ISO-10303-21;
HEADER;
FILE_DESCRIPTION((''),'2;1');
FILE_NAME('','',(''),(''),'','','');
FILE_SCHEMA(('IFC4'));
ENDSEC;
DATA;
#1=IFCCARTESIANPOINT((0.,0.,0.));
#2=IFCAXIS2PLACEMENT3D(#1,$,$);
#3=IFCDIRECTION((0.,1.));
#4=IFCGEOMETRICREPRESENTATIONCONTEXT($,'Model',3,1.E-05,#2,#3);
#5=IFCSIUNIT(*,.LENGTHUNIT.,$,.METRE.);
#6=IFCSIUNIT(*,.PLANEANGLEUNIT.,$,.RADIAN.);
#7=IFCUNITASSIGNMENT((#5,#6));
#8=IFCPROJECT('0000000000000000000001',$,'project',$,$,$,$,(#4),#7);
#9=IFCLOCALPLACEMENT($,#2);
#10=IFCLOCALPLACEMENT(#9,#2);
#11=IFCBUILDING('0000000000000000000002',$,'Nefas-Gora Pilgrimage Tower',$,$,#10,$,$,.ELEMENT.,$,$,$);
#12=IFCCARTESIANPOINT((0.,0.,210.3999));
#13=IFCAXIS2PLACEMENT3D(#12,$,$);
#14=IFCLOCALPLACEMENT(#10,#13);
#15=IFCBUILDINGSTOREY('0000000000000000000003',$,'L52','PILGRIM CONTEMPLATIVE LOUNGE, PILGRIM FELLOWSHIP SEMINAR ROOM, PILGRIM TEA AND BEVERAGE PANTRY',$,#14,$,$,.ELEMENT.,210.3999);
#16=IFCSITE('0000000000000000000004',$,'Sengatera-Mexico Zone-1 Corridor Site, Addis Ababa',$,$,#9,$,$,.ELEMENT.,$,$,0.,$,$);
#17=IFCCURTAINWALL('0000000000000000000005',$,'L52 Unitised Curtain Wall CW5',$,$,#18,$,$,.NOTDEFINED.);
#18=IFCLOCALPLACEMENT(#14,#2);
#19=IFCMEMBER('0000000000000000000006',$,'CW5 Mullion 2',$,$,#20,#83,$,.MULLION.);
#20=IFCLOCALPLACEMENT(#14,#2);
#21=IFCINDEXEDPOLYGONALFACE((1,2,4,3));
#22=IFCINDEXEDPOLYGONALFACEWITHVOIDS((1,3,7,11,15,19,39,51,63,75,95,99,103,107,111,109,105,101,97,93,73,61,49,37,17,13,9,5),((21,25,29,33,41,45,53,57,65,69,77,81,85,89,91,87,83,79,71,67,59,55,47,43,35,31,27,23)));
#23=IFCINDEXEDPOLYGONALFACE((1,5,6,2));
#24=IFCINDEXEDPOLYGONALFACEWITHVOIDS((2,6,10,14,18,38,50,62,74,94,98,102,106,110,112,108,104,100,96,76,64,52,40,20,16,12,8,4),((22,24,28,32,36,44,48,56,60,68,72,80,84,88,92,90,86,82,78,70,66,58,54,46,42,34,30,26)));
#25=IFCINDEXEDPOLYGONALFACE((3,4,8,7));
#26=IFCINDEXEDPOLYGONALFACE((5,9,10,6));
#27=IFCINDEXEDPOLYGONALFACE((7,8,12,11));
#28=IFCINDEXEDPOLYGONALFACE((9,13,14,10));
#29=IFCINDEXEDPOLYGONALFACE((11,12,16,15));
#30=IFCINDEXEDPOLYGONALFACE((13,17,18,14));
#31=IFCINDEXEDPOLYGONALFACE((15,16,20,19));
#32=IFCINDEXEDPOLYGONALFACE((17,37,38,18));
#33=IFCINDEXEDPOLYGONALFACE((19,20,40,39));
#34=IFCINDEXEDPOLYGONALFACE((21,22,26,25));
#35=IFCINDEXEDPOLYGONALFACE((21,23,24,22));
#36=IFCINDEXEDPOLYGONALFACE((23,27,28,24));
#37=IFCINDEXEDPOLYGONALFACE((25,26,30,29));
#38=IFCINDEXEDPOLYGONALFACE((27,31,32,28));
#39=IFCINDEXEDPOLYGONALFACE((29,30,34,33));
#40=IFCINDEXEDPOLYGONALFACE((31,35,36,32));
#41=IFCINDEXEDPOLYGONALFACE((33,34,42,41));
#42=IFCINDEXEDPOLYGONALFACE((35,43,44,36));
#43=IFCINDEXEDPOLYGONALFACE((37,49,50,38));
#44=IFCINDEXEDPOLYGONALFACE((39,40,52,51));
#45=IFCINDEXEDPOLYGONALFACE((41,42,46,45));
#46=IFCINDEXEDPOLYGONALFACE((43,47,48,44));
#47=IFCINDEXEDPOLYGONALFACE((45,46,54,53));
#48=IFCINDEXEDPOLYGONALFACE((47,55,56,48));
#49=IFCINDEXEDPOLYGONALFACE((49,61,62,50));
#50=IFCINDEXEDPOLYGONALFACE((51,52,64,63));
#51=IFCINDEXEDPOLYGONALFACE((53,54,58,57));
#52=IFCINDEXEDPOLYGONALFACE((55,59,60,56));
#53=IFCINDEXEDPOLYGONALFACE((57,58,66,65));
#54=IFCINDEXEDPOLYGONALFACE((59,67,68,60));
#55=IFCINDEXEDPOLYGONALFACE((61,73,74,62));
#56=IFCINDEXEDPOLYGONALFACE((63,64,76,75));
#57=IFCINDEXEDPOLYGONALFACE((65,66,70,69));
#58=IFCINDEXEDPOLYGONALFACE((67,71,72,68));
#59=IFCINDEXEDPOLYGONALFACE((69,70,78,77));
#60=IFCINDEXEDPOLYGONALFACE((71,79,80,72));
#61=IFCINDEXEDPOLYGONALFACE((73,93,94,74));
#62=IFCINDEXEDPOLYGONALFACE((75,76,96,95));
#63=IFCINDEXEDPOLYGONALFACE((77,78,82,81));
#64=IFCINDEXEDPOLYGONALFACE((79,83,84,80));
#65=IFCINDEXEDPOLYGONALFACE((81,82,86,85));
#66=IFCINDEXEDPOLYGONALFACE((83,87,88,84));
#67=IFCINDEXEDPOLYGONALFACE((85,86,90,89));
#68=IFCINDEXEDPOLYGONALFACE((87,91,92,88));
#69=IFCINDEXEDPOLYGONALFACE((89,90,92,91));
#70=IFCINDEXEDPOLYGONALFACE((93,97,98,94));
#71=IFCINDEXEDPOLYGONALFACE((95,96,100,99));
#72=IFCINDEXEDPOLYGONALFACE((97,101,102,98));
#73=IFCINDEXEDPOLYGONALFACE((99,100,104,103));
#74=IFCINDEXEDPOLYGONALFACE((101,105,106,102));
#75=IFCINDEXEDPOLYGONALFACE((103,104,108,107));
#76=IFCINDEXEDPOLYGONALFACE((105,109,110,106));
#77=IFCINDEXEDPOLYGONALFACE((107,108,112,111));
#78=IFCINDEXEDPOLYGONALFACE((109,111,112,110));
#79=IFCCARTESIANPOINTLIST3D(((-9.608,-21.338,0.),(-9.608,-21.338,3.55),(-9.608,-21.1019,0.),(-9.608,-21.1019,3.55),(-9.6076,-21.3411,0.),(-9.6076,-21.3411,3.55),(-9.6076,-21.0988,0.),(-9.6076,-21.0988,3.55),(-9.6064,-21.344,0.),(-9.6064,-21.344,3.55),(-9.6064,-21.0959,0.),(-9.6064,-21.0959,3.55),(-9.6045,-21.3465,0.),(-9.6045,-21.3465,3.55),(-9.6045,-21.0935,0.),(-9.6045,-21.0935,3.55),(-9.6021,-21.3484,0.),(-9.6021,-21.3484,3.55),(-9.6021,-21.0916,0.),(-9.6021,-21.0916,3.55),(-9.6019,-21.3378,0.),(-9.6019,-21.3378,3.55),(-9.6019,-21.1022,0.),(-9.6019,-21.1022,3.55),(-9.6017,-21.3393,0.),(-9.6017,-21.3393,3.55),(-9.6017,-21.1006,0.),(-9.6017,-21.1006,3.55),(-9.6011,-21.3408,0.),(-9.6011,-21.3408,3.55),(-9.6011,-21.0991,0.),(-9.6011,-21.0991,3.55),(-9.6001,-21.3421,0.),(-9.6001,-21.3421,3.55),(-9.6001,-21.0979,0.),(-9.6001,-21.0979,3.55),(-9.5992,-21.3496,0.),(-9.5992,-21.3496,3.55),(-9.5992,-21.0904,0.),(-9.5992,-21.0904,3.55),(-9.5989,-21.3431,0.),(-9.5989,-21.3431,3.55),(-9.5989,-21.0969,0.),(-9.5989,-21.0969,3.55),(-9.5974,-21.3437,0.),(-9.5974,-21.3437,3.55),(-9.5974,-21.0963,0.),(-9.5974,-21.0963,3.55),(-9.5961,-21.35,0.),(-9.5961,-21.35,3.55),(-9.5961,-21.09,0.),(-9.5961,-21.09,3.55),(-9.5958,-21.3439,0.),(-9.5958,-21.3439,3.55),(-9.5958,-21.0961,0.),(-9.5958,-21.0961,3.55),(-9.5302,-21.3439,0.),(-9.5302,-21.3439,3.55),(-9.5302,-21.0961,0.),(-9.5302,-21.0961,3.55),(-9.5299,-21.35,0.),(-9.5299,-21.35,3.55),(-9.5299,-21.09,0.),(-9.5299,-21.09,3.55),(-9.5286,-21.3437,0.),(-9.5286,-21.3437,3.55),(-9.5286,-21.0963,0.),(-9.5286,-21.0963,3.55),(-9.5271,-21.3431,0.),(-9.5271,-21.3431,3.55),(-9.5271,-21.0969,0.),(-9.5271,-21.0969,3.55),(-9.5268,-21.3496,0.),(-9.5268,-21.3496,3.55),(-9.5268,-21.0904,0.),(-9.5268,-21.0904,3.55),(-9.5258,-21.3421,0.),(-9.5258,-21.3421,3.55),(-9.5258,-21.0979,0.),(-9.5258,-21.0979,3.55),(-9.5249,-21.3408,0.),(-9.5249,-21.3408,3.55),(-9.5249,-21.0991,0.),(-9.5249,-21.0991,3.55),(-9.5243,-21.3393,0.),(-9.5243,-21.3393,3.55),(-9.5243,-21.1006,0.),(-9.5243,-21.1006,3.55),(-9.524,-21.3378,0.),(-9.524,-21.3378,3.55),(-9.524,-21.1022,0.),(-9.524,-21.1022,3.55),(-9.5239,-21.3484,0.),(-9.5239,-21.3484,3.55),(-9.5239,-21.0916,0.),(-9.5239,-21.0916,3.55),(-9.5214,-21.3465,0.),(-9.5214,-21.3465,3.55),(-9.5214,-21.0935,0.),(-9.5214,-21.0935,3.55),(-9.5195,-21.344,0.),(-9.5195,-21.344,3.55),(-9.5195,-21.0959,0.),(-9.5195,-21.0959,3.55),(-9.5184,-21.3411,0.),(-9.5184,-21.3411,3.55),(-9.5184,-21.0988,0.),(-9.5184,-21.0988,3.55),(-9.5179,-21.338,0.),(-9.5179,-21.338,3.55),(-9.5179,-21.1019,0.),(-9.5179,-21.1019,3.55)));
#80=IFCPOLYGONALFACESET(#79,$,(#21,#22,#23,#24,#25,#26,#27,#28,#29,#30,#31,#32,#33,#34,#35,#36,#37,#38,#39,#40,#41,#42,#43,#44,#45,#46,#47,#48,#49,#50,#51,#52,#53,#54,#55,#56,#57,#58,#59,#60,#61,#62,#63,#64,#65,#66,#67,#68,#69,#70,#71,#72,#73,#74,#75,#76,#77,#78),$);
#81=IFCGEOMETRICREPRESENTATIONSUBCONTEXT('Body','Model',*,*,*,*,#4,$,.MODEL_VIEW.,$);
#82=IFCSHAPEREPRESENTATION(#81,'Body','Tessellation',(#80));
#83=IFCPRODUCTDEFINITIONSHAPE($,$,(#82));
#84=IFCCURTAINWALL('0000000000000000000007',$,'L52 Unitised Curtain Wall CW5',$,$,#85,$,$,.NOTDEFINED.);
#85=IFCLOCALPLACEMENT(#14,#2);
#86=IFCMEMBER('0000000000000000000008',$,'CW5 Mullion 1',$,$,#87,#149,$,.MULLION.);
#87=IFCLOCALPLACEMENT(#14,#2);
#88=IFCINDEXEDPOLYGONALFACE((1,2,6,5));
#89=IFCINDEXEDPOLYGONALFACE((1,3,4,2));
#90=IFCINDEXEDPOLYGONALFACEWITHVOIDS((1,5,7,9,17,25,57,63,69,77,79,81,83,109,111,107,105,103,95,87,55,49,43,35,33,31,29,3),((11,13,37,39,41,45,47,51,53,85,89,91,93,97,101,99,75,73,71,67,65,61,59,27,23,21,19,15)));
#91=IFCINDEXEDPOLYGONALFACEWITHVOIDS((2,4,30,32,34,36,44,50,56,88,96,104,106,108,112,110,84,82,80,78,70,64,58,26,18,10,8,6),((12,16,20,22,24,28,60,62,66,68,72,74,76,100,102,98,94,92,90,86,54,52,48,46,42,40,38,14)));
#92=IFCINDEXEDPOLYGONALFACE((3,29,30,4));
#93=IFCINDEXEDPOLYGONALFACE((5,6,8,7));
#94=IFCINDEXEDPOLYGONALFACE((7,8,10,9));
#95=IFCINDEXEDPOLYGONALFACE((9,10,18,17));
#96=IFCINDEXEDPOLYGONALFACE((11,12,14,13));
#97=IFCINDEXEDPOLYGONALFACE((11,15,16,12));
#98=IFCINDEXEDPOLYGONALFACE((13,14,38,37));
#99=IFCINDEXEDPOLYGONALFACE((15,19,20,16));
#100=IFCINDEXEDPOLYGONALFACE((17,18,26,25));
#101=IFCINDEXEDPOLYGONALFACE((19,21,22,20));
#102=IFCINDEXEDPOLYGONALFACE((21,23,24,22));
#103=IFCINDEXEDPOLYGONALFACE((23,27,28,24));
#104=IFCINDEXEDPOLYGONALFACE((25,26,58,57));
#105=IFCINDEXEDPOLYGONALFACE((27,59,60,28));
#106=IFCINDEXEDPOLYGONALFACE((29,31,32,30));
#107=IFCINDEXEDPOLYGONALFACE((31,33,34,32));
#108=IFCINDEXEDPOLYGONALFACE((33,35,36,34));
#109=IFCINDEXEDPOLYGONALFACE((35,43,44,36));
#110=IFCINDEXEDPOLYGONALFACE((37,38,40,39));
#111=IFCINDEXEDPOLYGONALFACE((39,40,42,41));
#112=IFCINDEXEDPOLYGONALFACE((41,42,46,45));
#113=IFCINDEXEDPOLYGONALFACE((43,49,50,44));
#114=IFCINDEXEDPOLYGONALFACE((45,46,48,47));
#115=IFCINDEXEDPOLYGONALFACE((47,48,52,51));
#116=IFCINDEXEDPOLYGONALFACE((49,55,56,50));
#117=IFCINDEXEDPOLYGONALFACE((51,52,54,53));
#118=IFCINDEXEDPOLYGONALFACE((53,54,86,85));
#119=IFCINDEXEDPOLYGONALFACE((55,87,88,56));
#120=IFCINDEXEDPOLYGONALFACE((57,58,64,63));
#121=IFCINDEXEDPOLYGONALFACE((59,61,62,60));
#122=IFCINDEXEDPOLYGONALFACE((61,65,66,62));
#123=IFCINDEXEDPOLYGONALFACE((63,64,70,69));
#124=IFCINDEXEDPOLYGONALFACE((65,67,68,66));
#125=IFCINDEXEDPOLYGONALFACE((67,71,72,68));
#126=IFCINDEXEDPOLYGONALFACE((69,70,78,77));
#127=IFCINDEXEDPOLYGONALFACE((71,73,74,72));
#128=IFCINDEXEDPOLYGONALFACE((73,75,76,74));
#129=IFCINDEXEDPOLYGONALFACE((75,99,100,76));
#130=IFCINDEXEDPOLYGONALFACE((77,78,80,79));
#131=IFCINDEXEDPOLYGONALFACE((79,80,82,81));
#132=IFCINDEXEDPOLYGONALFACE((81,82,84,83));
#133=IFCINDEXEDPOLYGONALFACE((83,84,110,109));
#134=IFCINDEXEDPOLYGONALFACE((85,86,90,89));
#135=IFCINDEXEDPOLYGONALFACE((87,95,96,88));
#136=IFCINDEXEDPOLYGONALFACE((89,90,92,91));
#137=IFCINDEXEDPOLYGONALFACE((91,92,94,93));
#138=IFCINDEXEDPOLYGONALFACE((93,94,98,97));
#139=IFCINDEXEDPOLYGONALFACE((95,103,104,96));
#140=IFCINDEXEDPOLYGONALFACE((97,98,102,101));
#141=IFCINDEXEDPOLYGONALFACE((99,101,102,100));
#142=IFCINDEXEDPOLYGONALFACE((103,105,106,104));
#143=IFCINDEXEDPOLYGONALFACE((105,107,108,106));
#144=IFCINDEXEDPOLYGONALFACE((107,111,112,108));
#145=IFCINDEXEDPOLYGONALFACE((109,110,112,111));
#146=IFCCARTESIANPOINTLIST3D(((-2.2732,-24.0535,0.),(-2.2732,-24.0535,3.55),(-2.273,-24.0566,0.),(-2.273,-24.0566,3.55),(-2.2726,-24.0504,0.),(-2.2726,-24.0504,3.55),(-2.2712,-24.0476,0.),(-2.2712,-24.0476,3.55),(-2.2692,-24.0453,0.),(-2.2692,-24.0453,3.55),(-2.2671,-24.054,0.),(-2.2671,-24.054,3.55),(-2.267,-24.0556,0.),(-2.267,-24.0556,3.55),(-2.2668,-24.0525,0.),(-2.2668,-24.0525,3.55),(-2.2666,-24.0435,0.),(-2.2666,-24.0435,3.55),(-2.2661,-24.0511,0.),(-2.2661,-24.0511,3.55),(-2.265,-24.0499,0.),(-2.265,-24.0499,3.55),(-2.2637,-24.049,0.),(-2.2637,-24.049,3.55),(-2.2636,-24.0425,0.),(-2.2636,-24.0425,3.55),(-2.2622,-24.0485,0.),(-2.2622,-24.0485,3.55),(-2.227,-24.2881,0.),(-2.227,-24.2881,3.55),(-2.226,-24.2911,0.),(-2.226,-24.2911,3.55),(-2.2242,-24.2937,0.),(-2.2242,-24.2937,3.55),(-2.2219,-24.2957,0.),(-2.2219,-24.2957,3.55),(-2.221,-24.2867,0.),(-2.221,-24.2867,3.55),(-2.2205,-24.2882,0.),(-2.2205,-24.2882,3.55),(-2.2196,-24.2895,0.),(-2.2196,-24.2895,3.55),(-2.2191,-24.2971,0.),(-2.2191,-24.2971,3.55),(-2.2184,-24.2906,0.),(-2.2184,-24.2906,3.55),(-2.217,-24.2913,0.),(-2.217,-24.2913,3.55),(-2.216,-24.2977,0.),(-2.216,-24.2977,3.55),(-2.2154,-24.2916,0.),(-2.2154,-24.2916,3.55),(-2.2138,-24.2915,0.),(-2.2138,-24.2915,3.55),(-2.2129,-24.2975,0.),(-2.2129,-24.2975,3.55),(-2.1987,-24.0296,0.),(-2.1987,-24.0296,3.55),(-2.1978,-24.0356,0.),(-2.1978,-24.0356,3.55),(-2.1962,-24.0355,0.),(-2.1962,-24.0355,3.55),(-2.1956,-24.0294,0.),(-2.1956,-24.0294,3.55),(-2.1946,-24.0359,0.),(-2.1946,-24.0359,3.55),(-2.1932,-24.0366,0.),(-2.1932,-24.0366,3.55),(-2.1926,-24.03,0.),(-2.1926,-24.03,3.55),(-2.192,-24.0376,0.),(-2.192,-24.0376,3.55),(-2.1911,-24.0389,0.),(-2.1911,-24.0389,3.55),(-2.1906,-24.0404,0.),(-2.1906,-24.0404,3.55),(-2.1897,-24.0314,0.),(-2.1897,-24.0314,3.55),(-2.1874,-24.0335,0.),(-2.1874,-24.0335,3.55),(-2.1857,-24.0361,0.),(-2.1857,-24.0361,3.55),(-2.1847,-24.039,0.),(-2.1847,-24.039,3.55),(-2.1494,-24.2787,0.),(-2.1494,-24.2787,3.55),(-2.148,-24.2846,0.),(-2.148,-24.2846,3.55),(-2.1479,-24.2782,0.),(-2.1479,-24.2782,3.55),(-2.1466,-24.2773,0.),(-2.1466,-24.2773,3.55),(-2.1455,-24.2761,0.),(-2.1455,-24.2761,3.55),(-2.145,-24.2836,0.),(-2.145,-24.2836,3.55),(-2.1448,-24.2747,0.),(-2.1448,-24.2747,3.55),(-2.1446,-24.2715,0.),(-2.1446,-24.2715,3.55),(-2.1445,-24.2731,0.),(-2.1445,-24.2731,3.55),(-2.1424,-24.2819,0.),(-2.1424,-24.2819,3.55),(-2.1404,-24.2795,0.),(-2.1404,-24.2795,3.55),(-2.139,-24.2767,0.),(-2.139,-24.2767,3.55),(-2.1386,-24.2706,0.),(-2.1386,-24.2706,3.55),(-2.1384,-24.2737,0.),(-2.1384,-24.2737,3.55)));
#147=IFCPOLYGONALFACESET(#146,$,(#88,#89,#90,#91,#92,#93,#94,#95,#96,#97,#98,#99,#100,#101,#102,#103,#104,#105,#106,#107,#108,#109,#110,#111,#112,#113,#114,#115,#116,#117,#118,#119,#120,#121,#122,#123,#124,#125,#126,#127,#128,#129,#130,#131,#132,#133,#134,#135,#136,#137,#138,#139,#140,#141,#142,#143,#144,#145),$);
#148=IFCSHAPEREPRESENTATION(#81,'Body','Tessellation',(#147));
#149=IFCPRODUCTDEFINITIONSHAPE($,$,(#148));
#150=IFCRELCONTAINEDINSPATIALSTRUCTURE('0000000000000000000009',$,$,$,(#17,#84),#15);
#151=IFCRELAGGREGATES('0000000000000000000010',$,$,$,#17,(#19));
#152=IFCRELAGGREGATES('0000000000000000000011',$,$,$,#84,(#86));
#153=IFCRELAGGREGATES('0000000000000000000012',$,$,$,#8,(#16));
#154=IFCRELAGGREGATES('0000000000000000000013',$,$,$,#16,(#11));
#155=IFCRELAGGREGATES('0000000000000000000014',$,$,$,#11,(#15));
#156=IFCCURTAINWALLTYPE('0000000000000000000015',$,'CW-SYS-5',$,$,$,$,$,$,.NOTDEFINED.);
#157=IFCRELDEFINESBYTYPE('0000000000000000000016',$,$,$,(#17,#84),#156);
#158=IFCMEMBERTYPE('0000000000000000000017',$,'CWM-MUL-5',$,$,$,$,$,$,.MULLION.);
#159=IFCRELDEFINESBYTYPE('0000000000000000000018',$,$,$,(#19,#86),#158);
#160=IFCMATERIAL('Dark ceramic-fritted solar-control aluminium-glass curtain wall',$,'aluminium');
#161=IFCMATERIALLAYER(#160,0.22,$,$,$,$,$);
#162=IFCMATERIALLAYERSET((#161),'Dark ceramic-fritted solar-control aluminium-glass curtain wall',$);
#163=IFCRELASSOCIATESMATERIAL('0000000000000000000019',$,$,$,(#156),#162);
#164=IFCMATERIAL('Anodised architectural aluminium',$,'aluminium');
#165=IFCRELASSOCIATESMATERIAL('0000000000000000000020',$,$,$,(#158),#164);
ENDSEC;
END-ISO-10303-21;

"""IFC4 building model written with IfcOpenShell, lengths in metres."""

from ifc_helpers import new_model, si_unit, direction, frame, origin, origin_2d, place, context, subcontext, project, spatial, hollow_rectangle, extrude, source, transform, mapped, material, layer, layer_set, material_profile, profile_set, type_object, element, aggregate, save


model = new_model("IFC4")

# Units and contexts
model_context = context("Model", 3, precision=1e-05, world=origin(), true_north=direction((0.0, 1.0)))
body_context = subcontext(model_context, "Body", "Model", "MODEL_VIEW")
ifc_project = project(units=[si_unit("LENGTHUNIT", "METRE"), si_unit("PLANEANGLEUNIT", "RADIAN")], contexts=[model_context])

# Site, building, storey
site_placement = place(None, origin())
site = spatial("IfcSite", under=ifc_project, at=site_placement, Name="Sengatera-Mexico Zone-1 Corridor Site, Addis Ababa", CompositionType="ELEMENT", RefElevation=0.0)
building_placement = place(site_placement, origin())
building = spatial("IfcBuilding", under=site, at=building_placement, Name="Nefas-Gora Pilgrimage Tower", CompositionType="ELEMENT")
storey_placement = place(building_placement, frame((0.0, 0.0, 210.3999)))
storey = spatial("IfcBuildingStorey", under=building, at=storey_placement, Name="L52", Description="PILGRIM CONTEMPLATIVE LOUNGE, PILGRIM FELLOWSHIP SEMINAR ROOM, PILGRIM TEA AND BEVERAGE PANTRY", CompositionType="ELEMENT", Elevation=210.3999)

# Curtain wall, member
ifc_material_1 = material(Name="Dark ceramic-fritted solar-control aluminium-glass curtain wall", Category="aluminium")
ifc_layer_1 = layer(ifc_material_1, 0.22)
ifc_layer_set_1 = layer_set([ifc_layer_1], Name="Dark ceramic-fritted solar-control aluminium-glass curtain wall")
curtain_wall_type = type_object("IfcCurtainWallType", Name="CW-SYS-5", PredefinedType="NOTDEFINED", material=ifc_layer_set_1)
curtain_wall_1_placement = place(storey_placement, origin())
curtain_wall_1 = element("IfcCurtainWall", 1, at=curtain_wall_1_placement, inside=storey, type_object=curtain_wall_type, Name="L52 Unitised Curtain Wall CW5", PredefinedType="NOTDEFINED")
ifc_material_2 = material(Name="Anodised architectural aluminium", Category="aluminium")
ifc_material_profile_1 = material_profile(ifc_material_2, hollow_rectangle(XDim=0.0901, YDim=0.26, WallThickness=0.0061, InnerFilletRadius=0.0061, OuterFilletRadius=0.012, at=origin_2d()), Name="ALU MULLION 90x260")
ifc_profile_set_1 = profile_set([ifc_material_profile_1], Name="Anodised architectural aluminium")
member_type_1 = type_object("IfcMemberType", Name="CWM-MUL-5", PredefinedType="MULLION", material=ifc_profile_set_1)
shared_shape_1 = source(origin(), body_context, "Body", "SweptSolid", [
    extrude(hollow_rectangle(XDim=0.0901, YDim=0.26, WallThickness=0.0061, InnerFilletRadius=0.0061, OuterFilletRadius=0.012, at=origin_2d()), origin(), (0.0, 0.0, 1.0), 3.55),
])
member_1_placement = place(storey_placement, frame((-9.563, -21.22, 0.0), z_axis=(0.0, 0.0, 1.0), x_axis=(1.0, 0.0, 0.0)))
member_1 = element("IfcMember", 2, at=member_1_placement, type_object=member_type_1, Name="CW5 Mullion 2", PredefinedType="MULLION", context=body_context, shape_type="MappedRepresentation", body=[
    mapped(shared_shape_1, transform((0.0, 0.0, 0.0), x_axis=(1.0, 0.0, 0.0), y_axis=(0.0, 1.0, 0.0), z_axis=(0.0, 0.0, 1.0), scale=1.0)),
])
aggregate(curtain_wall_1, [member_1])

# Curtain wall, member
curtain_wall_2_placement = place(storey_placement, origin())
curtain_wall_2 = element("IfcCurtainWall", 3, at=curtain_wall_2_placement, inside=storey, type_object=curtain_wall_type, Name="L52 Unitised Curtain Wall CW5", PredefinedType="NOTDEFINED")
member_2_placement = place(storey_placement, frame((-2.2058, -24.1636, 0.0), z_axis=(0.0, 0.0, 1.0), x_axis=(0.980783, 0.195102, 0.0)))
member_2 = element("IfcMember", 4, at=member_2_placement, type_object=member_type_1, Name="CW5 Mullion 1", PredefinedType="MULLION", context=body_context, shape_type="MappedRepresentation", body=[
    mapped(shared_shape_1, transform((0.0, 0.0, 0.0), x_axis=(1.0, 0.0, 0.0), y_axis=(0.0, 1.0, 0.0), z_axis=(0.0, 0.0, 1.0), scale=1.0)),
])
aggregate(curtain_wall_2, [member_2])

save(model, "model.ifc")
